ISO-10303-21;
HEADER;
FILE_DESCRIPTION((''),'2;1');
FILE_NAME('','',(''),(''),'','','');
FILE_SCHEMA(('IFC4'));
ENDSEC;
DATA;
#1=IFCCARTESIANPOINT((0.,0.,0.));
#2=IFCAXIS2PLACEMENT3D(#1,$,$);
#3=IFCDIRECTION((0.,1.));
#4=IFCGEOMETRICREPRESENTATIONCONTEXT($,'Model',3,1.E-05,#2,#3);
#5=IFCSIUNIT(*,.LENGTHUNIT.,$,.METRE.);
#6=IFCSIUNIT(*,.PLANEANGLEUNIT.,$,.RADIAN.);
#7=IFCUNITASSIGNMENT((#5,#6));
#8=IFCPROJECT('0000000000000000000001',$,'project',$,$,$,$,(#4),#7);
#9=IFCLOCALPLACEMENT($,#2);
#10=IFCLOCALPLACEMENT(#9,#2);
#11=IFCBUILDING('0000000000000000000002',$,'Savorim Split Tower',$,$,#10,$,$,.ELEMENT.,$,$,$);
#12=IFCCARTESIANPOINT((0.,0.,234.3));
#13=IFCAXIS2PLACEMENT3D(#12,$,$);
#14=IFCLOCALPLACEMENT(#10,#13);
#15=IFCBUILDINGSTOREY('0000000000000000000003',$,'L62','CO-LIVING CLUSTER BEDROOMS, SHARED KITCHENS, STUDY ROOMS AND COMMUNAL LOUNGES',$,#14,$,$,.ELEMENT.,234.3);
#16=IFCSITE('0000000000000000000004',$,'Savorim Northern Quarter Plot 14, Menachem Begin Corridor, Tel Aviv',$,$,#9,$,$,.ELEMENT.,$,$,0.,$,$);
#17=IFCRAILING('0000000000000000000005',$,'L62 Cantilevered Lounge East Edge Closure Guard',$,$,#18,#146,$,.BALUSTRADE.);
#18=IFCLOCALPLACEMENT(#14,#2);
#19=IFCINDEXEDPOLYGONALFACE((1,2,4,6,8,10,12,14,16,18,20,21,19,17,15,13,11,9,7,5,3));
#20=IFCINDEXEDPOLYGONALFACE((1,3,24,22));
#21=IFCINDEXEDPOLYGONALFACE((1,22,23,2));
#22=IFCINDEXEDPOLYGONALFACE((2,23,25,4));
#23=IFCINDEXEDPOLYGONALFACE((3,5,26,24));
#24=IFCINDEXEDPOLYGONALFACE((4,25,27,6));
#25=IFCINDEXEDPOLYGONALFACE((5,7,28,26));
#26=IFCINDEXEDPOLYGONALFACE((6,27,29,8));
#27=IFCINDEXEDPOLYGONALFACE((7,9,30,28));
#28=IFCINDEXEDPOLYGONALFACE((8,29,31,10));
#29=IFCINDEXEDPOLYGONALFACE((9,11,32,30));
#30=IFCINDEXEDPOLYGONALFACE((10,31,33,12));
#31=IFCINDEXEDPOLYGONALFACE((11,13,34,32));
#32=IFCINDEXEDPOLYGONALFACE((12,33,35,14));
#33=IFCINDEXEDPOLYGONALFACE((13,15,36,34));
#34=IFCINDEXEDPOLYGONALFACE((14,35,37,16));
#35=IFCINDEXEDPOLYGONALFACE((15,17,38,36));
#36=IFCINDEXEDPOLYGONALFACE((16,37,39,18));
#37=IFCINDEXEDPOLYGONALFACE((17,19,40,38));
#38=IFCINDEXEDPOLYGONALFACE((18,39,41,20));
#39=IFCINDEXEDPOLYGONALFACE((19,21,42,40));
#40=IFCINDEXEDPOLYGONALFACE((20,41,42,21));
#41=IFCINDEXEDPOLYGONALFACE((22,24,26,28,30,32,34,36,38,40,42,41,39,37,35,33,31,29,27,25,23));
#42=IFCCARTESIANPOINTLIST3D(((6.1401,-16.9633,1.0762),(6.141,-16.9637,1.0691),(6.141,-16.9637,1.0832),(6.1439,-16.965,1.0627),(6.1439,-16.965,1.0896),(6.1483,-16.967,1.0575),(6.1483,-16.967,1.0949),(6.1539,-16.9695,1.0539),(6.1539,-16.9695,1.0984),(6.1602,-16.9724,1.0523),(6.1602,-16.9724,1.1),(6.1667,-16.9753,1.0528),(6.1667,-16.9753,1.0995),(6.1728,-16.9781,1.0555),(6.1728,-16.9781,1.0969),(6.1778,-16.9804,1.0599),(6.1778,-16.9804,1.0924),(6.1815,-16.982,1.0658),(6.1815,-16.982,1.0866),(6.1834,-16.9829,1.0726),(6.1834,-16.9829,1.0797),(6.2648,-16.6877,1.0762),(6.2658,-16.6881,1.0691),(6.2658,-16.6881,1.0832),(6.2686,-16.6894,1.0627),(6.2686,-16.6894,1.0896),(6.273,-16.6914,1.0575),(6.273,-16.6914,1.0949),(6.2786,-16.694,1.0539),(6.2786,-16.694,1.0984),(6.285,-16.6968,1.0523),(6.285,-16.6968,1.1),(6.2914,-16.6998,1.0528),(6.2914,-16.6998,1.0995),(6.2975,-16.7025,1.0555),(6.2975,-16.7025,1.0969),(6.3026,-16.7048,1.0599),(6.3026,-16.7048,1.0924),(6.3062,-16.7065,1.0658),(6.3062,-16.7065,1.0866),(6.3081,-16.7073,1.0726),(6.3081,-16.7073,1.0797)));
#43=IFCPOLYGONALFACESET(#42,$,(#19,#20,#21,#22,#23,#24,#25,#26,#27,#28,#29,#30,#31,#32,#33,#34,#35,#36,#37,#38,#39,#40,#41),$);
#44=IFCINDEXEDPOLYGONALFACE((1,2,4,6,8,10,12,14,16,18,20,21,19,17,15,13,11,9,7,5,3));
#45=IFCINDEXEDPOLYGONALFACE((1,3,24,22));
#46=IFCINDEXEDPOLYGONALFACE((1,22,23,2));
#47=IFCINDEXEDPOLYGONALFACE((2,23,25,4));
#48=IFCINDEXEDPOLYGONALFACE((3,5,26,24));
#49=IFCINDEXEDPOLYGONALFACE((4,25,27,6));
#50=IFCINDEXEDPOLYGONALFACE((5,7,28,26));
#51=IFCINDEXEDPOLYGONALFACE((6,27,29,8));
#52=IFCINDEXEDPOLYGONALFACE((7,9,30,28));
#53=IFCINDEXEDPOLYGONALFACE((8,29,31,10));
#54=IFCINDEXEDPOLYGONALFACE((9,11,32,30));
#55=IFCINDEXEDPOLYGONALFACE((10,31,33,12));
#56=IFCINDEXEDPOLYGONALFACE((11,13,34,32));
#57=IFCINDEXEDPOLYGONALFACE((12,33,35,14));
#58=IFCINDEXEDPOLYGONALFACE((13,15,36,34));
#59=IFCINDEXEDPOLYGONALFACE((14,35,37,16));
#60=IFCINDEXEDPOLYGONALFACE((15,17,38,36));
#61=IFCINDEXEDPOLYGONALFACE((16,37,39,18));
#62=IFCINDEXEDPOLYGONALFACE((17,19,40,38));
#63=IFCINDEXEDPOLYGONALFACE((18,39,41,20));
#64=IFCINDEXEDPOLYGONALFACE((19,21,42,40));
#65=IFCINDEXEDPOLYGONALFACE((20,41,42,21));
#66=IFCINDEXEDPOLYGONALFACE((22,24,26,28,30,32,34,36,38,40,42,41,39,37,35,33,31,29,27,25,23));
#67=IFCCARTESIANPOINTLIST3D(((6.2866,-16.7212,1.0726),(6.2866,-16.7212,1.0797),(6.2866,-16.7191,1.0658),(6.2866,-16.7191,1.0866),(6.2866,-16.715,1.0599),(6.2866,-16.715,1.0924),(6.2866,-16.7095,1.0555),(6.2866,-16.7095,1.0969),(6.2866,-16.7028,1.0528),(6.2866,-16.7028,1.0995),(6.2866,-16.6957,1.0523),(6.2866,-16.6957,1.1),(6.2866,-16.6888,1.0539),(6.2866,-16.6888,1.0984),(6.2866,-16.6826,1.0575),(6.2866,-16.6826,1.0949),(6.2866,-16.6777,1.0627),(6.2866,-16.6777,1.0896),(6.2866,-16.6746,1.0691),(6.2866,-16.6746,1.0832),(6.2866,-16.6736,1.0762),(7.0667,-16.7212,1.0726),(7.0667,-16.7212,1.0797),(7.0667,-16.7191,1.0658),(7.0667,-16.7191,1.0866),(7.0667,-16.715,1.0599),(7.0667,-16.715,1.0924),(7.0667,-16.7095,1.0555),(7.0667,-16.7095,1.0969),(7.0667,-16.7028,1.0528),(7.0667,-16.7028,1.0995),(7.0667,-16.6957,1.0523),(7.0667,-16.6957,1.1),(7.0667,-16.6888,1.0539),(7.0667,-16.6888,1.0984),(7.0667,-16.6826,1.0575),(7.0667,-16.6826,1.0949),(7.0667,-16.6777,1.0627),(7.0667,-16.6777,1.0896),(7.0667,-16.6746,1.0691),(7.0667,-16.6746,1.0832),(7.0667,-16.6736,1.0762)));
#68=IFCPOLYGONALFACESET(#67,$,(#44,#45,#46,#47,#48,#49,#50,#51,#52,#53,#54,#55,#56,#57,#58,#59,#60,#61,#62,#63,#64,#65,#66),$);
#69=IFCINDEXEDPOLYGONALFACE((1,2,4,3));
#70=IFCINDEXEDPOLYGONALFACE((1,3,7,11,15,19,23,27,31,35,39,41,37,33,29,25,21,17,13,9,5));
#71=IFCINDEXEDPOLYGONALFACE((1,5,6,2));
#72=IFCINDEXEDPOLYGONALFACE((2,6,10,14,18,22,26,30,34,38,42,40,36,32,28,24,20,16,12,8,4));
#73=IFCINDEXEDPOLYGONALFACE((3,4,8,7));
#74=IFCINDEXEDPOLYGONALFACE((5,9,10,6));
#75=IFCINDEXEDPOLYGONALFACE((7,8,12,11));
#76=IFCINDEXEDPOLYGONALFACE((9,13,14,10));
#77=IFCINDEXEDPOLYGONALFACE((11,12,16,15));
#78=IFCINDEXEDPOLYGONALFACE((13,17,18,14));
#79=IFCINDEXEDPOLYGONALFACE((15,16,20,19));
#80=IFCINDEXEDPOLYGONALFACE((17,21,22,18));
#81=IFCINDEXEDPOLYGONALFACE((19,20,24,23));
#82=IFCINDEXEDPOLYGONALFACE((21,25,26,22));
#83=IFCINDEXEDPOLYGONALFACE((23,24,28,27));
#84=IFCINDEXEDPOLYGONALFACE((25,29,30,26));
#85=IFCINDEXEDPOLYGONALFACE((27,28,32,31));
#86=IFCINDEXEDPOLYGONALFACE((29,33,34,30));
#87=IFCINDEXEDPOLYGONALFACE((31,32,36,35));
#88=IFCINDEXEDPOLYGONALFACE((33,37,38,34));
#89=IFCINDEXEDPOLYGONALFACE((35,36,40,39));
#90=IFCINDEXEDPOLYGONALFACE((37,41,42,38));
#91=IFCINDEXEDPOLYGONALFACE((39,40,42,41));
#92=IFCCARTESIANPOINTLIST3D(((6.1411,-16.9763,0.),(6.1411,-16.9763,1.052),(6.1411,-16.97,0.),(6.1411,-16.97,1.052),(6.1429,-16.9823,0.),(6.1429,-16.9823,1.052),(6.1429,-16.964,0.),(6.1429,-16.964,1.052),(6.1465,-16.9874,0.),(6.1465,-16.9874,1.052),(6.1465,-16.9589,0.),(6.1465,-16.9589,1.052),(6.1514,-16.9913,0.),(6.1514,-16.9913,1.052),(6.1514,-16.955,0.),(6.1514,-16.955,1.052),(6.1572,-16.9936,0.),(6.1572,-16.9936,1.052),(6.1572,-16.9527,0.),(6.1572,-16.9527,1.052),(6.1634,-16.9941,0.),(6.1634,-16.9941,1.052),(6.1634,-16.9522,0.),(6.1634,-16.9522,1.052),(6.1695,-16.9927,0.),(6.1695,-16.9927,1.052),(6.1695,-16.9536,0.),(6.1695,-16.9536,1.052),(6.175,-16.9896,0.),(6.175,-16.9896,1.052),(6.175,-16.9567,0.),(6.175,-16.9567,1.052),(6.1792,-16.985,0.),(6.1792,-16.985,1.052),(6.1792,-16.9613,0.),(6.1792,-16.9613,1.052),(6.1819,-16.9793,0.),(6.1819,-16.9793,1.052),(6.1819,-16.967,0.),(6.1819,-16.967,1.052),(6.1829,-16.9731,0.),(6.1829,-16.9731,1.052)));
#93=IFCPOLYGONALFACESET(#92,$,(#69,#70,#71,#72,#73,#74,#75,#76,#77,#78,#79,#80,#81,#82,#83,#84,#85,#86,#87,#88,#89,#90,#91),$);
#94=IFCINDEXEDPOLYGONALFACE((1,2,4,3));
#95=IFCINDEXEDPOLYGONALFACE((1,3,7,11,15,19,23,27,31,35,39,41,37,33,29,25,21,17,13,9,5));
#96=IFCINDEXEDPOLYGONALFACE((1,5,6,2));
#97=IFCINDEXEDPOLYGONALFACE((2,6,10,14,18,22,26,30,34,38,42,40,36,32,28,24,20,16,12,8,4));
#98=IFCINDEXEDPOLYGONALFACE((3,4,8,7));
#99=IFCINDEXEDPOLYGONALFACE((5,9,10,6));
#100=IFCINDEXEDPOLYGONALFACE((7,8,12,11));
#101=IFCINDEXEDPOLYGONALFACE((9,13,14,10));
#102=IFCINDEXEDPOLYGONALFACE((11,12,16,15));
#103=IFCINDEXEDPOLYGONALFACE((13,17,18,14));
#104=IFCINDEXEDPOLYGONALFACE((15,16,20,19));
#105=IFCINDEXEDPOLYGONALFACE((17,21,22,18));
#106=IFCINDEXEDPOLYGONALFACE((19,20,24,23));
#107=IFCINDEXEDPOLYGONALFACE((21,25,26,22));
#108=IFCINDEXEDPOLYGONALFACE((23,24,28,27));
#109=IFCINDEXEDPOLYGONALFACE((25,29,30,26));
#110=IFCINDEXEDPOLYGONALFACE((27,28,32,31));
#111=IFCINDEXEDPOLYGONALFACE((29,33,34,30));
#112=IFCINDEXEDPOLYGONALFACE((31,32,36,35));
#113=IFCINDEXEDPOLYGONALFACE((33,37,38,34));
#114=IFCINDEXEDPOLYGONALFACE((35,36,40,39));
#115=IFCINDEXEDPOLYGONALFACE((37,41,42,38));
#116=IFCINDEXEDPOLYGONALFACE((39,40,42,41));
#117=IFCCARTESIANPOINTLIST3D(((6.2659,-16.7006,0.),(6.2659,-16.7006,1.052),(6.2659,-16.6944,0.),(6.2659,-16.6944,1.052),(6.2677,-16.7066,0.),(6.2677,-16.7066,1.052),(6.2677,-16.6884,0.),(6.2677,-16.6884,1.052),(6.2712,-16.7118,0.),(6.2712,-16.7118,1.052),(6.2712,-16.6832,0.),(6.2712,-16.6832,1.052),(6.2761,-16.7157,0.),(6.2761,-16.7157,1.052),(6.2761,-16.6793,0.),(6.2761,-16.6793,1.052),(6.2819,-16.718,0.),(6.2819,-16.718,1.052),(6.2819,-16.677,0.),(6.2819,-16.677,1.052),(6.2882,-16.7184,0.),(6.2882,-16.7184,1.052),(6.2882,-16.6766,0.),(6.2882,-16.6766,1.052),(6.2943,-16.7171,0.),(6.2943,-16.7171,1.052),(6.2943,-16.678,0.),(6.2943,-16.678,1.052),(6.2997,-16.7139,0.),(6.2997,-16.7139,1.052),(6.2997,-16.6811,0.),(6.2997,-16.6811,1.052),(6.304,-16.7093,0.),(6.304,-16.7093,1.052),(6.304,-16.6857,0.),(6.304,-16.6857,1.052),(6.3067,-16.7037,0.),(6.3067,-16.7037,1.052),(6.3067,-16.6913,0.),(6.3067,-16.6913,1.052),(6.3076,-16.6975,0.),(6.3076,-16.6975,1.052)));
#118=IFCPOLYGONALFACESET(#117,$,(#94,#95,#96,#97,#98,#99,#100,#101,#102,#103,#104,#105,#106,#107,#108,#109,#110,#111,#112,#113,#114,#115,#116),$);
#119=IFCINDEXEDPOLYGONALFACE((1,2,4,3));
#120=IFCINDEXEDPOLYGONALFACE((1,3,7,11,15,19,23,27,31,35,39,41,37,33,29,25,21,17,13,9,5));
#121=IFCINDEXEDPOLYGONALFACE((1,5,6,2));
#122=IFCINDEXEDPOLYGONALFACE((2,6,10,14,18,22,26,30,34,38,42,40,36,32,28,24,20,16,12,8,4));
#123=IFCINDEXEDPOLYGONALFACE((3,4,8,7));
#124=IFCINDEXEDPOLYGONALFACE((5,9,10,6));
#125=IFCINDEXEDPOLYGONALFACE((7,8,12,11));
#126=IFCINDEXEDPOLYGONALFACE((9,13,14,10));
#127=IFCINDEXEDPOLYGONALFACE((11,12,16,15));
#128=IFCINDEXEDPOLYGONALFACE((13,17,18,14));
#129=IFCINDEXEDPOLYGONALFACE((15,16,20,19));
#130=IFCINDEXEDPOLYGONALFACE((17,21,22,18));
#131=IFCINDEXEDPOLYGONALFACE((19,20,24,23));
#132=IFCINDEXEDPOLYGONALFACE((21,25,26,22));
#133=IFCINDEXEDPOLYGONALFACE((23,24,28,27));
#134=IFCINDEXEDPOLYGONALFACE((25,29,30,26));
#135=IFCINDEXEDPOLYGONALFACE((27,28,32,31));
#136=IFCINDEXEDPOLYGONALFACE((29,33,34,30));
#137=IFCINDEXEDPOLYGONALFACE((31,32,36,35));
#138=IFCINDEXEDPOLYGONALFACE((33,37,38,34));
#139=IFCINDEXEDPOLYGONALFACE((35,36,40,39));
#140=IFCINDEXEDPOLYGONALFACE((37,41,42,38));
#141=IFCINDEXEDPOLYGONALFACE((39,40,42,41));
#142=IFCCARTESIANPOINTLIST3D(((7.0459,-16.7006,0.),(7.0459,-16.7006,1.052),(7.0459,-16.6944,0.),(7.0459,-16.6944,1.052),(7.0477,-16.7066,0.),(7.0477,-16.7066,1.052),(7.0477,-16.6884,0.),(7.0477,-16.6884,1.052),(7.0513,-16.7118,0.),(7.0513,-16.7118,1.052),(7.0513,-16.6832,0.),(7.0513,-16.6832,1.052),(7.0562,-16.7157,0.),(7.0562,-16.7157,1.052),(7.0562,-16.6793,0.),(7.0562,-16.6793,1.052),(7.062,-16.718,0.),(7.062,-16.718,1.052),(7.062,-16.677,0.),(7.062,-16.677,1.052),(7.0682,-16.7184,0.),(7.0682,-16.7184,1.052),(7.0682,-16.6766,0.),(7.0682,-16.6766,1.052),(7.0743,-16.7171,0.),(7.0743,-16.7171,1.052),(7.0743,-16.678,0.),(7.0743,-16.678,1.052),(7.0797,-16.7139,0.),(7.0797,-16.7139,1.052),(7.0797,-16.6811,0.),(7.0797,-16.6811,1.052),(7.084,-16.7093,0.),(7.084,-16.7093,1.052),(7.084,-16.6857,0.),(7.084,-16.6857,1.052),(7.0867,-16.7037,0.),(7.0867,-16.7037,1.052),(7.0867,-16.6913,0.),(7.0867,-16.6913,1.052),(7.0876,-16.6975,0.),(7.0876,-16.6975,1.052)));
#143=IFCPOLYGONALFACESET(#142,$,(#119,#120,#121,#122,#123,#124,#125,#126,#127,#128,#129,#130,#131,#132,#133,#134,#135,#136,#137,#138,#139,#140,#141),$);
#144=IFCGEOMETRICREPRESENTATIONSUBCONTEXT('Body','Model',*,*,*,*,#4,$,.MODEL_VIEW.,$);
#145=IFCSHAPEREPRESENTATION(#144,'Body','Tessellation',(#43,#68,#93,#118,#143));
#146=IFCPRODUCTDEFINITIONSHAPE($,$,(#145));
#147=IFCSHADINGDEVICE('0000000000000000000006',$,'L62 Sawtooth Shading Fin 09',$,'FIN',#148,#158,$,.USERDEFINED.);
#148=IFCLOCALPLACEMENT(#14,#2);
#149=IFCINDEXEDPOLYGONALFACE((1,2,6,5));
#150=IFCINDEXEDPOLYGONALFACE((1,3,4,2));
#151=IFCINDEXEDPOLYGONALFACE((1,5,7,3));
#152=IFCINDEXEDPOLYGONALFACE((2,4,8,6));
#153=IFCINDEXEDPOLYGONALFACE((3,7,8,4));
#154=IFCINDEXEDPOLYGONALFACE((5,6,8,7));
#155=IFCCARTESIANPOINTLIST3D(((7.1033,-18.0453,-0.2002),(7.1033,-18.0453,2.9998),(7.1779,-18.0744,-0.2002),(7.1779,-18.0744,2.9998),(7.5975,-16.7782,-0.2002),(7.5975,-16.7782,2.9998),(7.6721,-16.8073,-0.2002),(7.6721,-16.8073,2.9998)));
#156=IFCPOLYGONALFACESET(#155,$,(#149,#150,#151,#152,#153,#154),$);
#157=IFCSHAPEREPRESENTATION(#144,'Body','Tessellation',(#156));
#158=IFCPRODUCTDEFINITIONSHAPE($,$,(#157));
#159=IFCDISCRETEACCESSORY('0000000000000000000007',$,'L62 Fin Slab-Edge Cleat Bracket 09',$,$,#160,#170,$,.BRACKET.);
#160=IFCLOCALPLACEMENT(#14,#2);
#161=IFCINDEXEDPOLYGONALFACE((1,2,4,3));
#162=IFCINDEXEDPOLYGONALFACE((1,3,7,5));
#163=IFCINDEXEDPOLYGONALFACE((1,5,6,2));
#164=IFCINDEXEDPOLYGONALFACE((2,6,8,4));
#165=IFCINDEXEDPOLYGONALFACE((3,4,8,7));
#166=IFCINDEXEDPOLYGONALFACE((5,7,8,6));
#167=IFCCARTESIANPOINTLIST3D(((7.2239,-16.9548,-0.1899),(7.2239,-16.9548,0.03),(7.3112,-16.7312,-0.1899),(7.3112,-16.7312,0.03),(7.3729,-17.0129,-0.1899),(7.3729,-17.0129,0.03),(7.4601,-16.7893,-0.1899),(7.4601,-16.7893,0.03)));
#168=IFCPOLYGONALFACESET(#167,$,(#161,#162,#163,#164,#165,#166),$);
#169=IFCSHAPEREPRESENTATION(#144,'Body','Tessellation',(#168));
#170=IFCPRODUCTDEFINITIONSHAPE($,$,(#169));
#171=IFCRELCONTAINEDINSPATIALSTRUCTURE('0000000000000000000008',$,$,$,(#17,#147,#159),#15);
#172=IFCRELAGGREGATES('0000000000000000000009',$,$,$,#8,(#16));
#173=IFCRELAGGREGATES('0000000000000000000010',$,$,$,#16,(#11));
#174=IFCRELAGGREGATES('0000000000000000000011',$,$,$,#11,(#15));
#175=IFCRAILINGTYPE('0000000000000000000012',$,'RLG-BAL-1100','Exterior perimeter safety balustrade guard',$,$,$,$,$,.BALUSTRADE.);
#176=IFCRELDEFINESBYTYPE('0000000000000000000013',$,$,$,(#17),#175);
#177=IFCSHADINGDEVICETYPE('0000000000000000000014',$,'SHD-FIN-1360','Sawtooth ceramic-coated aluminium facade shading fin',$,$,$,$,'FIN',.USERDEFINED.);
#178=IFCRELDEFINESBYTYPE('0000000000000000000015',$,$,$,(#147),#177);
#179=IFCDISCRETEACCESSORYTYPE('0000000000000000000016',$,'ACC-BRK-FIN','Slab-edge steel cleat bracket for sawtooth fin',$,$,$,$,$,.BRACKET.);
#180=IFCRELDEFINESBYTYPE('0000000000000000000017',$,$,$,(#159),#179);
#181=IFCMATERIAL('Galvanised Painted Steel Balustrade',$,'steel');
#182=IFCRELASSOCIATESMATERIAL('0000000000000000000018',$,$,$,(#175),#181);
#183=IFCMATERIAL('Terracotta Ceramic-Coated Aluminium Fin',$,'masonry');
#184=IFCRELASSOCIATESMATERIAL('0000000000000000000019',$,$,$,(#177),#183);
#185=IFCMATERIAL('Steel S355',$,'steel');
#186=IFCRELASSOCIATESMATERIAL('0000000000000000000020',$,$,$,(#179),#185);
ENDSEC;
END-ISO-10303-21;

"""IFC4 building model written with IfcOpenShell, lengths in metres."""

from ifc_helpers import new_model, si_unit, direction, frame, origin, origin_2d, place, context, subcontext, project, spatial, rectangle, circle, extrude, material, type_object, element, save


model = new_model("IFC4")

# Units and contexts
model_context = context("Model", 3, precision=1e-05, world=origin(), true_north=direction((0.0, 1.0)))
body_context = subcontext(model_context, "Body", "Model", "MODEL_VIEW")
ifc_project = project(units=[si_unit("LENGTHUNIT", "METRE"), si_unit("PLANEANGLEUNIT", "RADIAN")], contexts=[model_context])

# Site, building, storey
site_placement = place(None, origin())
site = spatial("IfcSite", under=ifc_project, at=site_placement, Name="Savorim Northern Quarter Plot 14, Menachem Begin Corridor, Tel Aviv", CompositionType="ELEMENT", RefElevation=0.0)
building_placement = place(site_placement, origin())
building = spatial("IfcBuilding", under=site, at=building_placement, Name="Savorim Split Tower", CompositionType="ELEMENT")
storey_placement = place(building_placement, frame((0.0, 0.0, 234.3)))
storey = spatial("IfcBuildingStorey", under=building, at=storey_placement, Name="L62", Description="CO-LIVING CLUSTER BEDROOMS, SHARED KITCHENS, STUDY ROOMS AND COMMUNAL LOUNGES", CompositionType="ELEMENT", Elevation=234.3)

# Shared definitions
ifc_material_1 = material(Name="Steel S355", Category="steel")

# Railing
ifc_material_2 = material(Name="Galvanised Painted Steel Balustrade", Category="steel")
railing_type = type_object("IfcRailingType", Name="RLG-BAL-1100", Description="Exterior perimeter safety balustrade guard", PredefinedType="BALUSTRADE", material=ifc_material_2)
railing_placement = place(storey_placement, frame((6.1619, -16.9731, 0.0)))
element("IfcRailing", 1, at=railing_placement, inside=storey, type_object=railing_type, Name="L62 Cantilevered Lounge East Edge Closure Guard", PredefinedType="BALUSTRADE", context=body_context, shape_type="SweptSolid", body=[
    extrude(circle(Radius=0.0239, at=origin_2d()), frame((0.0, 0.0, 1.0762), z_axis=(0.412343, 0.911029, 0.0), x_axis=(-0.911029, 0.412343, 0.0)), (0.0, 0.0, 1.0), 0.3025),
    extrude(circle(Radius=0.0239, at=origin_2d()), frame((0.1248, 0.2756, 1.0762), z_axis=(1.0, 0.0, 0.0), x_axis=(0.0, 1.0, 0.0)), (0.0, 0.0, 1.0), 0.78),
    extrude(circle(Radius=0.021, at=origin_2d()), origin(), (0.0, 0.0, 1.0), 1.052),
    extrude(circle(Radius=0.021, at=origin_2d()), frame((0.1248, 0.2756, 0.0)), (0.0, 0.0, 1.0), 1.052),
    extrude(circle(Radius=0.021, at=origin_2d()), frame((0.9048, 0.2756, 0.0)), (0.0, 0.0, 1.0), 1.052),
])

# Shading device
ifc_material_3 = material(Name="Terracotta Ceramic-Coated Aluminium Fin", Category="masonry")
shading_device_type = type_object("IfcShadingDeviceType", Name="SHD-FIN-1360", Description="Sawtooth ceramic-coated aluminium facade shading fin", ElementType="FIN", PredefinedType="USERDEFINED", material=ifc_material_3)
shading_device_placement = place(storey_placement, frame((7.3877, -17.4263, -0.2002), z_axis=(0.0, 0.0, 1.0), x_axis=(-0.363415, -0.931627, 0.0)))
element("IfcShadingDevice", 2, at=shading_device_placement, inside=storey, type_object=shading_device_type, Name="L62 Sawtooth Shading Fin 09", ObjectType="FIN", PredefinedType="USERDEFINED", context=body_context, shape_type="SweptSolid", body=[
    extrude(rectangle(XDim=1.3601, YDim=0.0801, at=origin_2d()), origin(), (0.0, 0.0, 1.0), 3.2),
])

# Discrete accessory
discrete_accessory_type = type_object("IfcDiscreteAccessoryType", Name="ACC-BRK-FIN", Description="Slab-edge steel cleat bracket for sawtooth fin", PredefinedType="BRACKET", material=ifc_material_1)
discrete_accessory_placement = place(storey_placement, frame((7.342, -16.8721, -0.1899), z_axis=(0.0, 0.0, 1.0), x_axis=(-0.363415, -0.931627, 0.0)))
element("IfcDiscreteAccessory", 3, at=discrete_accessory_placement, inside=storey, type_object=discrete_accessory_type, Name="L62 Fin Slab-Edge Cleat Bracket 09", PredefinedType="BRACKET", context=body_context, shape_type="SweptSolid", body=[
    extrude(rectangle(XDim=0.24, YDim=0.1599, at=origin_2d()), origin(), (0.0, 0.0, 1.0), 0.22),
])

save(model, "model.ifc")
